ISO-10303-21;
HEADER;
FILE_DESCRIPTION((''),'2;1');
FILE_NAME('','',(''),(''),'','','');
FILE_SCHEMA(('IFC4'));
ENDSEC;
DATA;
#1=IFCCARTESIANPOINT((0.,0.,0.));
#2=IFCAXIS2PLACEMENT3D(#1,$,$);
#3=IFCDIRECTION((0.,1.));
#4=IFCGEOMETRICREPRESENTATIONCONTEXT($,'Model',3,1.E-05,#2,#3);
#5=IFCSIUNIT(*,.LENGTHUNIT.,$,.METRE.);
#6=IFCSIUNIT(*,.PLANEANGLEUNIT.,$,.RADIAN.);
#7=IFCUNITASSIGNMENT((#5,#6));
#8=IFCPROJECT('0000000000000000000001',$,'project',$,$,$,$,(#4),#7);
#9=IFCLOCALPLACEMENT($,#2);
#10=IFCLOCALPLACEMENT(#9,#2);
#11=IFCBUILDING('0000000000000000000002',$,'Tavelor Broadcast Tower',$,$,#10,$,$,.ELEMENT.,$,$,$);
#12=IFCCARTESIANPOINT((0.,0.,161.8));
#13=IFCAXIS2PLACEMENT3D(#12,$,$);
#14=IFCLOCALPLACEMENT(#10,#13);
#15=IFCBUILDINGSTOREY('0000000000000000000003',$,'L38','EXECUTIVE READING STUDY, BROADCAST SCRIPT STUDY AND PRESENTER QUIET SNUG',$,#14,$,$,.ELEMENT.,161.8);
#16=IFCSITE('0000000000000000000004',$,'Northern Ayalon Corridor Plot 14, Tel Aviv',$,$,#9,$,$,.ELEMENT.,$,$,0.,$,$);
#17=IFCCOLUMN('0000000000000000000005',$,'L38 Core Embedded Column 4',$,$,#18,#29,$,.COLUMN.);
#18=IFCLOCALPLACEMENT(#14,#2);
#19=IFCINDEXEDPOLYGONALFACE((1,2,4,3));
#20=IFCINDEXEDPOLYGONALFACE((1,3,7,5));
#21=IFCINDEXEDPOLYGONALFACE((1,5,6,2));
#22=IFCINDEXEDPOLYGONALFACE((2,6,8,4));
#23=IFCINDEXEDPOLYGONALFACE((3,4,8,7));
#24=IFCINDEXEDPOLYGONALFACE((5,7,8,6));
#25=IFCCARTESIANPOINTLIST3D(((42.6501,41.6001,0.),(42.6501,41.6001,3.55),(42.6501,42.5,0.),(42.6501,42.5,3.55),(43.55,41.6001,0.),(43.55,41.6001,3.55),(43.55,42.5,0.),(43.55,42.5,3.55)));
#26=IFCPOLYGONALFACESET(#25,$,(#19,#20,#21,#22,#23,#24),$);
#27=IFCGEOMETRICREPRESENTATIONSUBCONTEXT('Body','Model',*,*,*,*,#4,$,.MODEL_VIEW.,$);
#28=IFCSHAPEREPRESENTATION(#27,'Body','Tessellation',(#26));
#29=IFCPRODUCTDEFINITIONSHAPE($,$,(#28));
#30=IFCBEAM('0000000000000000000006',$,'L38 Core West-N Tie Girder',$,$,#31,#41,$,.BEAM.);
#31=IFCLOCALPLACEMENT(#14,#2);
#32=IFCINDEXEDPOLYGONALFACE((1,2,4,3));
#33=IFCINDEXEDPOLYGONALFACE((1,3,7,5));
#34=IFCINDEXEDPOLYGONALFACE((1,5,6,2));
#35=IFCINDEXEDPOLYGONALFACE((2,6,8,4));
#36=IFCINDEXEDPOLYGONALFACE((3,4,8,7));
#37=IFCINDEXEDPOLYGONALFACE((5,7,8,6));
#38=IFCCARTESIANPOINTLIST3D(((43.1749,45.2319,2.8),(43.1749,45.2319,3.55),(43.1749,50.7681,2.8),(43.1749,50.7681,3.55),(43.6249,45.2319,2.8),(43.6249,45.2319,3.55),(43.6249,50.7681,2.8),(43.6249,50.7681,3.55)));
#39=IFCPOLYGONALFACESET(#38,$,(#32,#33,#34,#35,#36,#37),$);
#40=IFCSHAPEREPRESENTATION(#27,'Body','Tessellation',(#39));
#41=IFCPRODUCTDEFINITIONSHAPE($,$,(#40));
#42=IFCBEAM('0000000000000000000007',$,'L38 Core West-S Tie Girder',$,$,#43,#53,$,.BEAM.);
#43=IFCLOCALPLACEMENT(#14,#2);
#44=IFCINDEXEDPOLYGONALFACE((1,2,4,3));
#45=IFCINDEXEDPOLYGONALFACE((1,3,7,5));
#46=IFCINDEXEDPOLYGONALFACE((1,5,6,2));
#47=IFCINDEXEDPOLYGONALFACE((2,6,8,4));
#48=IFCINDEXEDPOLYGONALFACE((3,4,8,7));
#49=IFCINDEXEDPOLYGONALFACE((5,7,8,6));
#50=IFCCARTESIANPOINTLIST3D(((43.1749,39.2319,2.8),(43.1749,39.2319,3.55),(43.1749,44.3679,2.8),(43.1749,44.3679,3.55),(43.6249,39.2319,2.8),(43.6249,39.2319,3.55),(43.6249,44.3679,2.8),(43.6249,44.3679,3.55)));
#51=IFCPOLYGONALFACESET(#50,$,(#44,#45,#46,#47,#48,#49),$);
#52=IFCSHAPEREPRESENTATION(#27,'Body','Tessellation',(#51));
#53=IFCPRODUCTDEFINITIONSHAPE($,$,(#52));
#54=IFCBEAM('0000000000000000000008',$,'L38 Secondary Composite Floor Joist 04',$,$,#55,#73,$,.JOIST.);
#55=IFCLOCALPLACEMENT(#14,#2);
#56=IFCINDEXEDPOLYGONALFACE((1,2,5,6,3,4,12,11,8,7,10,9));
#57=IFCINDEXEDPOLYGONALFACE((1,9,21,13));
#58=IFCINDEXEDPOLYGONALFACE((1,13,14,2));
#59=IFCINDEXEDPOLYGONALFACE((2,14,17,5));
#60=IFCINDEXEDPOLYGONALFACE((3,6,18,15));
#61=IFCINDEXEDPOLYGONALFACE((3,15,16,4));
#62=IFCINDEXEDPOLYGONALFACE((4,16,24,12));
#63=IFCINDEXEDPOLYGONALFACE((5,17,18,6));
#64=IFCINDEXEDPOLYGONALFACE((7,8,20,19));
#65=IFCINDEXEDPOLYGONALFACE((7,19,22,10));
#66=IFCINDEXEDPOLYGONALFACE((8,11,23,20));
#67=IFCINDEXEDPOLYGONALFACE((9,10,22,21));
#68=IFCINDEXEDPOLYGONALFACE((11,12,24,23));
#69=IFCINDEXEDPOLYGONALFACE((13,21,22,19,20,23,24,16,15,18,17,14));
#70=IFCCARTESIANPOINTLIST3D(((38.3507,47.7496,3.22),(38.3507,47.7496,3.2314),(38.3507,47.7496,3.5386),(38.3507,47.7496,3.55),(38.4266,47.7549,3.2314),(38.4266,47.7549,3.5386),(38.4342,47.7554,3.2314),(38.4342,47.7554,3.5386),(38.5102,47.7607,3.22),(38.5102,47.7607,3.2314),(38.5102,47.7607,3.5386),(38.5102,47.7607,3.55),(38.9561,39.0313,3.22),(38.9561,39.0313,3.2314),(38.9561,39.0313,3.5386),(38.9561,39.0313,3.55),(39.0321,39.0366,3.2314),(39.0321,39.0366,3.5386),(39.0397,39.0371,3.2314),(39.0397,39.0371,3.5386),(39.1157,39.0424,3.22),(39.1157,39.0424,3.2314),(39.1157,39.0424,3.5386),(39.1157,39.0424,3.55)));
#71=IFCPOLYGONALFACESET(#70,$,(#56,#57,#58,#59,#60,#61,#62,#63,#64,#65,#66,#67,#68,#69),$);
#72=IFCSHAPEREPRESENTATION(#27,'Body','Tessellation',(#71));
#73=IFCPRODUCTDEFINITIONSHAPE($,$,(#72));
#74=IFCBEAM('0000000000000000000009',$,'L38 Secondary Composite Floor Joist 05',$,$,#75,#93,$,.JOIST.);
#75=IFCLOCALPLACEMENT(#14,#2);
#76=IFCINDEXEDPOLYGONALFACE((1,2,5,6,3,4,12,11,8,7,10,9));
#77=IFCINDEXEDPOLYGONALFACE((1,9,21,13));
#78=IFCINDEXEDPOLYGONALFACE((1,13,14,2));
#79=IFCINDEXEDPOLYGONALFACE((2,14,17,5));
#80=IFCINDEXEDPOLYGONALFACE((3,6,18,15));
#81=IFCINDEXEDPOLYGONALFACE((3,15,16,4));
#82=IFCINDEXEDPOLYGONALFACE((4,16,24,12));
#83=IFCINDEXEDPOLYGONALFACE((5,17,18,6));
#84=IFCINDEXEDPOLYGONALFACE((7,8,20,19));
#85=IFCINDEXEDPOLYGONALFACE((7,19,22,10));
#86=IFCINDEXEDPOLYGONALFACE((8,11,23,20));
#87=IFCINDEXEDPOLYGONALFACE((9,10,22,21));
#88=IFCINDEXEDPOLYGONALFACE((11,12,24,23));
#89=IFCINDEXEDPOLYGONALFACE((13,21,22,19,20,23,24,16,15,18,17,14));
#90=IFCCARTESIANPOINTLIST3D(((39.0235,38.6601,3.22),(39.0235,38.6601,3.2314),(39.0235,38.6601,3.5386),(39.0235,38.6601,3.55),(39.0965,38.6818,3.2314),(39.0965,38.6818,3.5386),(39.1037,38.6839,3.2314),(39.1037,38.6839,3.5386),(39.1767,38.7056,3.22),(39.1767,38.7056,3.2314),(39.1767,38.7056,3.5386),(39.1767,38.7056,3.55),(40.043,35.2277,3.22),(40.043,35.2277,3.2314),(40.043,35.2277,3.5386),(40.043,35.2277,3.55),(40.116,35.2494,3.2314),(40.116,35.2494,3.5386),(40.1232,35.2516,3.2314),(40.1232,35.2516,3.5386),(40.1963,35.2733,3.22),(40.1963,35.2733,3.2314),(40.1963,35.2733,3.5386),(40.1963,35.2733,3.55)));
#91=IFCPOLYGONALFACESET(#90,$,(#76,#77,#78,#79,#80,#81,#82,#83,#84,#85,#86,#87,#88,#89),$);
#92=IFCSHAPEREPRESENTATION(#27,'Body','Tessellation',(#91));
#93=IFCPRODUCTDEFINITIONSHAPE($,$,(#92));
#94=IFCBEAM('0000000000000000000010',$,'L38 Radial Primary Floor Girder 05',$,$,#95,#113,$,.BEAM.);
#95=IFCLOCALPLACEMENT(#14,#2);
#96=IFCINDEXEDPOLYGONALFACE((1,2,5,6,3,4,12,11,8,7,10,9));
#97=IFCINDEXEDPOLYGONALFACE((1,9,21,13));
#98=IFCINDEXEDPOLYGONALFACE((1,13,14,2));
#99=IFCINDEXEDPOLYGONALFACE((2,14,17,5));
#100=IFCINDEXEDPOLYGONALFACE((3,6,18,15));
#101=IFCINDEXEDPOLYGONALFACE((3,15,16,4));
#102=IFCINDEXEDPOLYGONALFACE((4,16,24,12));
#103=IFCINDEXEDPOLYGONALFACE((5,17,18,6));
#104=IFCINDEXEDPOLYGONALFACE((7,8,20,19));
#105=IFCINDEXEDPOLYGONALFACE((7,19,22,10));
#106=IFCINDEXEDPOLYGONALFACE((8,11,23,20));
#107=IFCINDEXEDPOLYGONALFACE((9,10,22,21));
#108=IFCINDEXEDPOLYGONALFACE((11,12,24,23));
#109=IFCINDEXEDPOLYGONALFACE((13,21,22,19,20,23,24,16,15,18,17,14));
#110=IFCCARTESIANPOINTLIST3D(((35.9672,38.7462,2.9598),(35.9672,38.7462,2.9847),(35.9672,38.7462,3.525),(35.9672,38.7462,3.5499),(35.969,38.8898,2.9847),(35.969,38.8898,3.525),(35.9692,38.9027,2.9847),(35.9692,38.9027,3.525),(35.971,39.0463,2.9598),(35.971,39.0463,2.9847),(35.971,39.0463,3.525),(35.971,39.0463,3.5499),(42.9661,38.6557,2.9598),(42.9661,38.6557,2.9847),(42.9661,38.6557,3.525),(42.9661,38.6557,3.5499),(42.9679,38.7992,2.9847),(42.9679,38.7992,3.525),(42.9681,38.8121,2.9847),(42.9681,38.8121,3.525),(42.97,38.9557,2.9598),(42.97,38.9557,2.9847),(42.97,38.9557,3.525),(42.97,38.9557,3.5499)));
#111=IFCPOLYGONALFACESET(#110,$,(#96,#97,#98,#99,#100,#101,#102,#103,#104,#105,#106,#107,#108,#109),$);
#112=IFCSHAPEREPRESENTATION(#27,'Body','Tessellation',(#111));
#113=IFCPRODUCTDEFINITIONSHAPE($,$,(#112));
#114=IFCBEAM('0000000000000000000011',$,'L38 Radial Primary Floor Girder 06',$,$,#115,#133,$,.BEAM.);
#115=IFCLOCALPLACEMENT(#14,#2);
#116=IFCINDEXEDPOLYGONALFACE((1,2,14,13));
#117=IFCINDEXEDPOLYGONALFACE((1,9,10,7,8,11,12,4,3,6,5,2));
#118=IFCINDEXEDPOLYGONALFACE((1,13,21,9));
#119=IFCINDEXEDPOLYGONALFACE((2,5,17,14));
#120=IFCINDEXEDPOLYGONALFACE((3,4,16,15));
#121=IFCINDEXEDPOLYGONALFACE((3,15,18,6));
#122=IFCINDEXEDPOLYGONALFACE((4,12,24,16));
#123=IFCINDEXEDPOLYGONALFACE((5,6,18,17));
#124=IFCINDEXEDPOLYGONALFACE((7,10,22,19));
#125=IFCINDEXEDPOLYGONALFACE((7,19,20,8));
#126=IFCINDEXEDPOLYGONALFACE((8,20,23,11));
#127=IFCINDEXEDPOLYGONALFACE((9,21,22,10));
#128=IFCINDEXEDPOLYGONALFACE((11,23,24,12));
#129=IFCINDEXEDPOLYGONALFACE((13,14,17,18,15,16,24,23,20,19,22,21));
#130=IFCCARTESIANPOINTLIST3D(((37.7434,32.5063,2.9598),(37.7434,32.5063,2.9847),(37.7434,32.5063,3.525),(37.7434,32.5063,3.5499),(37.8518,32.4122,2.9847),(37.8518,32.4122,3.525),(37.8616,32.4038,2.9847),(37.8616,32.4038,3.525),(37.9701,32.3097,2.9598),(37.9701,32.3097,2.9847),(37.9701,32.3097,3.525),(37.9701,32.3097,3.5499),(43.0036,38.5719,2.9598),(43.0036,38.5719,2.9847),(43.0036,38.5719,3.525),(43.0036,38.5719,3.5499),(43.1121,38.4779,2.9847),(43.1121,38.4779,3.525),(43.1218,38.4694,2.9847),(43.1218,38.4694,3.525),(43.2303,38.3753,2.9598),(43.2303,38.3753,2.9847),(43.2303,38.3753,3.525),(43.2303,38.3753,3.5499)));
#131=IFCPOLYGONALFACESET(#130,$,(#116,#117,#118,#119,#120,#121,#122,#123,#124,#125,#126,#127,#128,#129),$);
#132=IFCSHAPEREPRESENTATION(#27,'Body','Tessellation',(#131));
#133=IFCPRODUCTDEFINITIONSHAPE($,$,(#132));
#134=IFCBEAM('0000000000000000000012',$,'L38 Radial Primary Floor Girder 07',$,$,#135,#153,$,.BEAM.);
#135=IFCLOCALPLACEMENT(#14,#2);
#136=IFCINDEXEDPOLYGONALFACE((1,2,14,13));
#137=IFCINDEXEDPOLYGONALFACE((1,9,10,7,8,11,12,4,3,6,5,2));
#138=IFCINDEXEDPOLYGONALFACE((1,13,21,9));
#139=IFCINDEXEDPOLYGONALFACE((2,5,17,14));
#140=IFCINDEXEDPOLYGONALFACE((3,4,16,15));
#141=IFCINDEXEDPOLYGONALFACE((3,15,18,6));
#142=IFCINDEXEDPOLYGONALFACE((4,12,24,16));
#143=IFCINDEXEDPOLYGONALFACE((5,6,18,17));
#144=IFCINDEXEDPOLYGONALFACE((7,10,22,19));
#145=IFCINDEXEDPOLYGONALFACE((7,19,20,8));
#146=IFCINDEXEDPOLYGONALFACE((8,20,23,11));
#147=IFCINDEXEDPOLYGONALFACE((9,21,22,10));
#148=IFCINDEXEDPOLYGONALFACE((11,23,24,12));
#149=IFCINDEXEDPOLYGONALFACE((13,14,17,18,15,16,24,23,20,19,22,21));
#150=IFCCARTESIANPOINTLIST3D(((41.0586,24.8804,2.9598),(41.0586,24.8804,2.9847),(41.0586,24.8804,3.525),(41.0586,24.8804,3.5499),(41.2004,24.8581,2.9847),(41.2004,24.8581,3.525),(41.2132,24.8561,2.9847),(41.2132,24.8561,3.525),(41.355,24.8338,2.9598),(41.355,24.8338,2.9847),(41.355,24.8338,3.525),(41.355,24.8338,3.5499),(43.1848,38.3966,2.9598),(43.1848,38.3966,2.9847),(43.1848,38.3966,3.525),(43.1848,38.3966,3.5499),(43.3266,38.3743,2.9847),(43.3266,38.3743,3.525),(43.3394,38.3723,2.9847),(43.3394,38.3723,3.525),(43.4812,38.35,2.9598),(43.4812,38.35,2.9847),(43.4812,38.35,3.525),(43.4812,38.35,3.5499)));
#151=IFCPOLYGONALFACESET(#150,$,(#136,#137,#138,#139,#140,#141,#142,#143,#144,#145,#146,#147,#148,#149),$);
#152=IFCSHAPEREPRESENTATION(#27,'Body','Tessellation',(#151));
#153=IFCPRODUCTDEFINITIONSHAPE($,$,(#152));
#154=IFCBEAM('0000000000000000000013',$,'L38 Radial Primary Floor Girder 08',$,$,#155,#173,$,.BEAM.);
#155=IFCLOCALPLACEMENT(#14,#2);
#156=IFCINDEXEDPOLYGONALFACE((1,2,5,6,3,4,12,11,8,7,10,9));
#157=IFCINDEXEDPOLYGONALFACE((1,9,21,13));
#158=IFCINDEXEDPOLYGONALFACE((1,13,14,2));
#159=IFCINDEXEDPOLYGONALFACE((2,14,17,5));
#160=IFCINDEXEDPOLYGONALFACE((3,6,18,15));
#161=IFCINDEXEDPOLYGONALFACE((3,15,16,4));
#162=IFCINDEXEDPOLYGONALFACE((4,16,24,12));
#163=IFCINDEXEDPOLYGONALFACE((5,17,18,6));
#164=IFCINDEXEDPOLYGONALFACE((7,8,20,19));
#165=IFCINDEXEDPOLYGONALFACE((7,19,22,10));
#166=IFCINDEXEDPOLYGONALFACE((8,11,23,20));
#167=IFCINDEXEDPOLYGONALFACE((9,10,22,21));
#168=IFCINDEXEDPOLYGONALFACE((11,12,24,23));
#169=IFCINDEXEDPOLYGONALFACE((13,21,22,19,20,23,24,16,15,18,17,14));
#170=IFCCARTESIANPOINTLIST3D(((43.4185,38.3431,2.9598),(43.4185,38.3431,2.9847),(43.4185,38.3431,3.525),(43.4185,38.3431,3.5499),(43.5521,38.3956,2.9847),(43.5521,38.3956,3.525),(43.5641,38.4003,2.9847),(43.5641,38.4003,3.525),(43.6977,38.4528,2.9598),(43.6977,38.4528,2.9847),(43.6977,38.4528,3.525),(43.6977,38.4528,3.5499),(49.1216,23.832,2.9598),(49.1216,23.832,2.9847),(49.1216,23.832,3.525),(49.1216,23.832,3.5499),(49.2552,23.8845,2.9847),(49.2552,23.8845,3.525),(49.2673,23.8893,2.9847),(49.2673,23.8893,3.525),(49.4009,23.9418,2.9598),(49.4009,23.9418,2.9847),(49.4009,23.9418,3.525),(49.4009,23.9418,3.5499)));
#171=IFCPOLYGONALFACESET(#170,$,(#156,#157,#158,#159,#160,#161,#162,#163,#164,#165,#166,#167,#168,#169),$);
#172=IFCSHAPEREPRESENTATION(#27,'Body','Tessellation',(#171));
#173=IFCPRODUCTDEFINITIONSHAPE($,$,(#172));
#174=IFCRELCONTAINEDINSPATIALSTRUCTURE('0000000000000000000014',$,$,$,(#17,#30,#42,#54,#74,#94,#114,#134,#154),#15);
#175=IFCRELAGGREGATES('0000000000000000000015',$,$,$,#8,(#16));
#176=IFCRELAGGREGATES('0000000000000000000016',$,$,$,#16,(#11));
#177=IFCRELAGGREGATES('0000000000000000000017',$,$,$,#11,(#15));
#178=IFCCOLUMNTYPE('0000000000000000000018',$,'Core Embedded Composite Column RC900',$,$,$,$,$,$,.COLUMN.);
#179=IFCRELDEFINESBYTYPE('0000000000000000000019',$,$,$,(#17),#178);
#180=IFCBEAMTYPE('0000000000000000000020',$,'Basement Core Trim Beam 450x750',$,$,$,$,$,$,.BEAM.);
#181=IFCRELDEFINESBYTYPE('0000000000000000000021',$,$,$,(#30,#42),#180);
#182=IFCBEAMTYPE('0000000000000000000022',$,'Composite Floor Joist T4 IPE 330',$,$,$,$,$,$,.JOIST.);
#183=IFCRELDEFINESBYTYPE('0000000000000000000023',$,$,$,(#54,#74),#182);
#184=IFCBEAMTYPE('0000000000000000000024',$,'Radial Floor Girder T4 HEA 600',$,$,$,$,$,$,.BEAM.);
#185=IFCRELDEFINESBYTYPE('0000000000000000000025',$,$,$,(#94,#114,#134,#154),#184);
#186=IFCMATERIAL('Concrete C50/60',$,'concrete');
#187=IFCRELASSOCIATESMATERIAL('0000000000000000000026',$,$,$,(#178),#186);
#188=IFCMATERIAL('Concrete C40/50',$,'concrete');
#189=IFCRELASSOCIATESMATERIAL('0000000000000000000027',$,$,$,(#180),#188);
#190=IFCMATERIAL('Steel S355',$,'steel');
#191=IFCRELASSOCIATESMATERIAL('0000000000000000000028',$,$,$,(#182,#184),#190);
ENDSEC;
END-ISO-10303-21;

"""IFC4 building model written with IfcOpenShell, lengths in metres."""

from ifc_helpers import new_model, si_unit, direction, frame, origin, origin_2d, place, context, subcontext, project, spatial, rectangle, i_section, extrude, material, material_profile, profile_set, type_object, element, save


model = new_model("IFC4")

# Units and contexts
model_context = context("Model", 3, precision=1e-05, world=origin(), true_north=direction((0.0, 1.0)))
body_context = subcontext(model_context, "Body", "Model", "MODEL_VIEW")
ifc_project = project(units=[si_unit("LENGTHUNIT", "METRE"), si_unit("PLANEANGLEUNIT", "RADIAN")], contexts=[model_context])

# Site, building, storey
site_placement = place(None, origin())
site = spatial("IfcSite", under=ifc_project, at=site_placement, Name="Northern Ayalon Corridor Plot 14, Tel Aviv", CompositionType="ELEMENT", RefElevation=0.0)
building_placement = place(site_placement, origin())
building = spatial("IfcBuilding", under=site, at=building_placement, Name="Tavelor Broadcast Tower", CompositionType="ELEMENT")
storey_placement = place(building_placement, frame((0.0, 0.0, 161.8)))
storey = spatial("IfcBuildingStorey", under=building, at=storey_placement, Name="L38", Description="EXECUTIVE READING STUDY, BROADCAST SCRIPT STUDY AND PRESENTER QUIET SNUG", CompositionType="ELEMENT", Elevation=161.8)

# Column
ifc_material_1 = material(Name="Concrete C50/60", Category="concrete")
ifc_material_profile_1 = material_profile(ifc_material_1, rectangle(XDim=0.8999, YDim=0.8999, at=origin_2d()), Name="RC 900x900")
ifc_profile_set_1 = profile_set([ifc_material_profile_1], Name="Concrete C50/60")
column_type = type_object("IfcColumnType", Name="Core Embedded Composite Column RC900", PredefinedType="COLUMN", material=ifc_profile_set_1)
column_placement = place(storey_placement, frame((43.1001, 42.05, 0.0), z_axis=(0.0, 0.0, 1.0), x_axis=(1.0, 0.0, 0.0)))
element("IfcColumn", 1, at=column_placement, inside=storey, type_object=column_type, Name="L38 Core Embedded Column 4", PredefinedType="COLUMN", context=body_context, shape_type="SweptSolid", body=[
    extrude(rectangle(XDim=0.8999, YDim=0.8999, at=origin_2d()), origin(), (0.0, 0.0, 1.0), 3.55),
])

# Beams
ifc_material_2 = material(Name="Concrete C40/50", Category="concrete")
ifc_material_profile_2 = material_profile(ifc_material_2, rectangle(XDim=0.45, YDim=0.75, at=origin_2d()), Name="RC 450x750")
ifc_profile_set_2 = profile_set([ifc_material_profile_2], Name="Concrete C40/50")
beam_type_1 = type_object("IfcBeamType", Name="Basement Core Trim Beam 450x750", PredefinedType="BEAM", material=ifc_profile_set_2)
beam_1_placement = place(storey_placement, frame((43.3999, 45.2319, 3.175), z_axis=(0.0, 1.0, 0.0), x_axis=(-1.0, 0.0, 0.0)))
element("IfcBeam", 2, at=beam_1_placement, inside=storey, type_object=beam_type_1, Name="L38 Core West-N Tie Girder", PredefinedType="BEAM", context=body_context, shape_type="SweptSolid", body=[
    extrude(rectangle(XDim=0.45, YDim=0.75, at=origin_2d()), origin(), (0.0, 0.0, 1.0), 5.5361),
])
beam_2_placement = place(storey_placement, frame((43.3999, 39.2319, 3.175), z_axis=(0.0, 1.0, 0.0), x_axis=(-1.0, 0.0, 0.0)))
element("IfcBeam", 3, at=beam_2_placement, inside=storey, type_object=beam_type_1, Name="L38 Core West-S Tie Girder", PredefinedType="BEAM", context=body_context, shape_type="SweptSolid", body=[
    extrude(rectangle(XDim=0.45, YDim=0.75, at=origin_2d()), origin(), (0.0, 0.0, 1.0), 5.136),
])
ifc_material_3 = material(Name="Steel S355", Category="steel")
ifc_material_profile_3 = material_profile(ifc_material_3, i_section(OverallWidth=0.1599, OverallDepth=0.3301, WebThickness=0.0076, FlangeThickness=0.0115, at=origin_2d()), Name="IPE 330")
ifc_profile_set_3 = profile_set([ifc_material_profile_3], Name="Steel S355")
beam_type_2 = type_object("IfcBeamType", Name="Composite Floor Joist T4 IPE 330", PredefinedType="JOIST", material=ifc_profile_set_3)
beam_3_placement = place(storey_placement, frame((38.4304, 47.7551, 3.385), z_axis=(0.069281, -0.997597, 0.0), x_axis=(0.997597, 0.069281, 0.0)))
element("IfcBeam", 4, at=beam_3_placement, inside=storey, type_object=beam_type_2, Name="L38 Secondary Composite Floor Joist 04", PredefinedType="JOIST", context=body_context, shape_type="SweptSolid", body=[
    extrude(i_section(OverallWidth=0.1599, OverallDepth=0.3301, WebThickness=0.0076, FlangeThickness=0.0115, at=origin_2d()), origin(), (0.0, 0.0, 1.0), 8.7393),
])
beam_4_placement = place(storey_placement, frame((39.1001, 38.6829, 3.385), z_axis=(0.284738, -0.958605, 0.0), x_axis=(0.958605, 0.284738, 0.0)))
element("IfcBeam", 5, at=beam_4_placement, inside=storey, type_object=beam_type_2, Name="L38 Secondary Composite Floor Joist 05", PredefinedType="JOIST", context=body_context, shape_type="SweptSolid", body=[
    extrude(i_section(OverallWidth=0.1599, OverallDepth=0.3301, WebThickness=0.0076, FlangeThickness=0.0115, at=origin_2d()), origin(), (0.0, 0.0, 1.0), 3.5806),
])
ifc_material_profile_4 = material_profile(ifc_material_3, i_section(OverallWidth=0.3, OverallDepth=0.5901, WebThickness=0.0129, FlangeThickness=0.0249, at=origin_2d()), Name="HEA 600")
ifc_profile_set_4 = profile_set([ifc_material_profile_4], Name="Steel S355")
beam_type_3 = type_object("IfcBeamType", Name="Radial Floor Girder T4 HEA 600", PredefinedType="BEAM", material=ifc_profile_set_4)
beam_5_placement = place(storey_placement, frame((42.968, 38.8057, 3.2549), z_axis=(-0.999916, 0.01294, 0.0), x_axis=(-0.01294, -0.999916, 0.0)))
element("IfcBeam", 6, at=beam_5_placement, inside=storey, type_object=beam_type_3, Name="L38 Radial Primary Floor Girder 05", PredefinedType="BEAM", context=body_context, shape_type="SweptSolid", body=[
    extrude(i_section(OverallWidth=0.3, OverallDepth=0.5901, WebThickness=0.0129, FlangeThickness=0.0249, at=origin_2d()), origin(), (0.0, 0.0, 1.0), 6.9995),
])
beam_6_placement = place(storey_placement, frame((43.1169, 38.4736, 3.2549), z_axis=(-0.655168, -0.755483, 0.0), x_axis=(0.755483, -0.655168, 0.0)))
element("IfcBeam", 7, at=beam_6_placement, inside=storey, type_object=beam_type_3, Name="L38 Radial Primary Floor Girder 06", PredefinedType="BEAM", context=body_context, shape_type="SweptSolid", body=[
    extrude(i_section(OverallWidth=0.3, OverallDepth=0.5901, WebThickness=0.0129, FlangeThickness=0.0249, at=origin_2d()), origin(), (0.0, 0.0, 1.0), 8.0288),
])
beam_7_placement = place(storey_placement, frame((43.333, 38.3733, 3.2549), z_axis=(-0.155399, -0.987852, 0.0), x_axis=(0.987852, -0.155399, 0.0)))
element("IfcBeam", 8, at=beam_7_placement, inside=storey, type_object=beam_type_3, Name="L38 Radial Primary Floor Girder 07", PredefinedType="BEAM", context=body_context, shape_type="SweptSolid", body=[
    extrude(i_section(OverallWidth=0.3, OverallDepth=0.5901, WebThickness=0.0129, FlangeThickness=0.0249, at=origin_2d()), origin(), (0.0, 0.0, 1.0), 13.6824),
])
beam_8_placement = place(storey_placement, frame((43.5581, 38.3979, 3.2549), z_axis=(0.365785, -0.9307, 0.0), x_axis=(0.9307, 0.365785, 0.0)))
element("IfcBeam", 9, at=beam_8_placement, inside=storey, type_object=beam_type_3, Name="L38 Radial Primary Floor Girder 08", PredefinedType="BEAM", context=body_context, shape_type="SweptSolid", body=[
    extrude(i_section(OverallWidth=0.3, OverallDepth=0.5901, WebThickness=0.0129, FlangeThickness=0.0249, at=origin_2d()), origin(), (0.0, 0.0, 1.0), 15.5916),
])

save(model, "model.ifc")
